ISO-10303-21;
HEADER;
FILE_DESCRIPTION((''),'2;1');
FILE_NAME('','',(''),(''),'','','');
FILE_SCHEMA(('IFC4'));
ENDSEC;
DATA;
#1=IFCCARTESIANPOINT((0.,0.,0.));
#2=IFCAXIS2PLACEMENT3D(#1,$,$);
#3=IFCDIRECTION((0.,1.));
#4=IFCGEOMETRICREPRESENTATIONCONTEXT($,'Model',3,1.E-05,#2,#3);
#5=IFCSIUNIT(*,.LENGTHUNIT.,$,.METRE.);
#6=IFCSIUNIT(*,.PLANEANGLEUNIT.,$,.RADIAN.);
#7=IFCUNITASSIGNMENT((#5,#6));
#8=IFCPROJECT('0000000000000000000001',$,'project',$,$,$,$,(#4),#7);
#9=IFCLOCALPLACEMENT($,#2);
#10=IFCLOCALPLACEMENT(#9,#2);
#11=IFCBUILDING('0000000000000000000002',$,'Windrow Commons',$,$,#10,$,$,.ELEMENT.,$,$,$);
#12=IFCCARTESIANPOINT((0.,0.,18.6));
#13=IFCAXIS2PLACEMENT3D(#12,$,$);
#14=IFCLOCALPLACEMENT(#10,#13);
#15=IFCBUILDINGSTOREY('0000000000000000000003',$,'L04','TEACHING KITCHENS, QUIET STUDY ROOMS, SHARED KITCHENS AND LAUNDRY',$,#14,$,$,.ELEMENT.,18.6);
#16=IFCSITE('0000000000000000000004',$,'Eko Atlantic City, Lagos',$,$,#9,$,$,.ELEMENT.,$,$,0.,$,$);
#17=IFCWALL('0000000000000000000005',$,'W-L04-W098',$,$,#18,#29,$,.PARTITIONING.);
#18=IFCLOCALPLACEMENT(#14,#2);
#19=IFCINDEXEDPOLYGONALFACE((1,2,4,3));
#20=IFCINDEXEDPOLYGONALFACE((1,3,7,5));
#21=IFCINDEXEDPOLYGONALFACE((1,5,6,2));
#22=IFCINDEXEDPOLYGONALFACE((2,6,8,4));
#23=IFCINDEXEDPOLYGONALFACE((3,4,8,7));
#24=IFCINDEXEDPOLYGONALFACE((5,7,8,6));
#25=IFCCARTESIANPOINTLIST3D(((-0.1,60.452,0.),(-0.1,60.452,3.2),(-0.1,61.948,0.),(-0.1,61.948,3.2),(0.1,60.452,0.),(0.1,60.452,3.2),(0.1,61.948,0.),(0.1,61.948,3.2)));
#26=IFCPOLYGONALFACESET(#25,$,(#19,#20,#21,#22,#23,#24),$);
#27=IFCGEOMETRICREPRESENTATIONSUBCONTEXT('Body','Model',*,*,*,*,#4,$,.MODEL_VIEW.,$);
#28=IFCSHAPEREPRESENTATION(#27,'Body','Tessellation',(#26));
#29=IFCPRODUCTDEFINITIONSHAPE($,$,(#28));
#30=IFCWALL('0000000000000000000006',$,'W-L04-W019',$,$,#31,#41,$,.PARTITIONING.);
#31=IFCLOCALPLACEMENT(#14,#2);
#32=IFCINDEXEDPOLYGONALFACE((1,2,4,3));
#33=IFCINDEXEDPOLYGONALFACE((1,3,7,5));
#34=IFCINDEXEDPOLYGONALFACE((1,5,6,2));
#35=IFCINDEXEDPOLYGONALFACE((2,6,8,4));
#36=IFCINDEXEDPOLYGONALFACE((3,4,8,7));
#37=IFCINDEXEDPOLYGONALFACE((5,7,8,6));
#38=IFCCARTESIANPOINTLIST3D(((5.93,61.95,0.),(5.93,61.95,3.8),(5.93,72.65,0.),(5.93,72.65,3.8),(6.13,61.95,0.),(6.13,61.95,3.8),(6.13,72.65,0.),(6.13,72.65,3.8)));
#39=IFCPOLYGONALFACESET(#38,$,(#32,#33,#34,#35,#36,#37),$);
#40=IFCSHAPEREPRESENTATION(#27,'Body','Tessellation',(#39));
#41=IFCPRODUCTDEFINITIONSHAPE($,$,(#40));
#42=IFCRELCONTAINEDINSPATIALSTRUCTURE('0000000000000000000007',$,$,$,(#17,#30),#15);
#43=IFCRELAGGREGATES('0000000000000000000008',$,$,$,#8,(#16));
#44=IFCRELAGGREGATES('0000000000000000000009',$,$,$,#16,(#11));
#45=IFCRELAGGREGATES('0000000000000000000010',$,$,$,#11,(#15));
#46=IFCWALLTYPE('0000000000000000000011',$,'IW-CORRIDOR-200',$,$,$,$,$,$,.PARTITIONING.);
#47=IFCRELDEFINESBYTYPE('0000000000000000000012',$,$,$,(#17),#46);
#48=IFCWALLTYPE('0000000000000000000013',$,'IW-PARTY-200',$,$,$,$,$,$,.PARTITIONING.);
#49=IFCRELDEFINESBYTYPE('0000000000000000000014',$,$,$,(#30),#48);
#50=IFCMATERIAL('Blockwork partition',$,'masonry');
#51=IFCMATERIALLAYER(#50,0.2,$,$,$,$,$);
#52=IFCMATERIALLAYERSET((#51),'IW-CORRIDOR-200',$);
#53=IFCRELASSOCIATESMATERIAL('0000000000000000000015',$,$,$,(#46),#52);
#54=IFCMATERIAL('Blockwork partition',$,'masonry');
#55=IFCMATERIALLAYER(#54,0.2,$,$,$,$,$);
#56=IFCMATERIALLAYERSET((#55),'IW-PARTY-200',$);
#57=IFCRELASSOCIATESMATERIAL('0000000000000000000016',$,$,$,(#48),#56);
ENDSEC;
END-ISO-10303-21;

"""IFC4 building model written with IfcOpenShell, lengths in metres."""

from ifc_helpers import new_model, si_unit, direction, frame, frame_2d, origin, place, context, subcontext, project, spatial, rectangle, extrude, material, layer, layer_set, type_object, element, save


model = new_model("IFC4")

# Units and contexts
model_context = context("Model", 3, precision=1e-05, world=origin(), true_north=direction((0.0, 1.0)))
body_context = subcontext(model_context, "Body", "Model", "MODEL_VIEW")
ifc_project = project(units=[si_unit("LENGTHUNIT", "METRE"), si_unit("PLANEANGLEUNIT", "RADIAN")], contexts=[model_context])

# Site, building, storey
site_placement = place(None, origin())
site = spatial("IfcSite", under=ifc_project, at=site_placement, Name="Eko Atlantic City, Lagos", CompositionType="ELEMENT", RefElevation=0.0)
building_placement = place(site_placement, origin())
building = spatial("IfcBuilding", under=site, at=building_placement, Name="Windrow Commons", CompositionType="ELEMENT")
storey_placement = place(building_placement, frame((0.0, 0.0, 18.6)))
storey = spatial("IfcBuildingStorey", under=building, at=storey_placement, Name="L04", Description="TEACHING KITCHENS, QUIET STUDY ROOMS, SHARED KITCHENS AND LAUNDRY", CompositionType="ELEMENT", Elevation=18.6)

# Shared definitions
ifc_material_1 = material(Name="Blockwork partition", Category="masonry")
ifc_layer_1 = layer(ifc_material_1, 0.2)
ifc_layer_set_1 = layer_set([ifc_layer_1], Name="IW-CORRIDOR-200")
wall_type_1 = type_object("IfcWallType", Name="IW-CORRIDOR-200", PredefinedType="PARTITIONING", material=ifc_layer_set_1)

# Walls
wall_1_placement = place(storey_placement, frame((0.0, 60.452, 0.0), z_axis=(0.0, 0.0, 1.0), x_axis=(0.0, 1.0, 0.0)))
element("IfcWall", 1, at=wall_1_placement, inside=storey, type_object=wall_type_1, Name="W-L04-W098", PredefinedType="PARTITIONING", context=body_context, shape_type="SweptSolid", body=[
    extrude(rectangle(XDim=1.496, YDim=0.2, at=frame_2d((0.748, 0.0))), origin(), (0.0, 0.0, 1.0), 3.2),
])
ifc_material_2 = material(Name="Blockwork partition", Category="masonry")
ifc_layer_2 = layer(ifc_material_2, 0.2)
ifc_layer_set_2 = layer_set([ifc_layer_2], Name="IW-PARTY-200")
wall_type_2 = type_object("IfcWallType", Name="IW-PARTY-200", PredefinedType="PARTITIONING", material=ifc_layer_set_2)
wall_2_placement = place(storey_placement, frame((6.03, 61.95, 0.0), z_axis=(0.0, 0.0, 1.0), x_axis=(0.0, 1.0, 0.0)))
element("IfcWall", 2, at=wall_2_placement, inside=storey, type_object=wall_type_2, Name="W-L04-W019", PredefinedType="PARTITIONING", context=body_context, shape_type="SweptSolid", body=[
    extrude(rectangle(XDim=10.7, YDim=0.2, at=frame_2d((5.35, 0.0))), origin(), (0.0, 0.0, 1.0), 3.8),
])

save(model, "model.ifc")
